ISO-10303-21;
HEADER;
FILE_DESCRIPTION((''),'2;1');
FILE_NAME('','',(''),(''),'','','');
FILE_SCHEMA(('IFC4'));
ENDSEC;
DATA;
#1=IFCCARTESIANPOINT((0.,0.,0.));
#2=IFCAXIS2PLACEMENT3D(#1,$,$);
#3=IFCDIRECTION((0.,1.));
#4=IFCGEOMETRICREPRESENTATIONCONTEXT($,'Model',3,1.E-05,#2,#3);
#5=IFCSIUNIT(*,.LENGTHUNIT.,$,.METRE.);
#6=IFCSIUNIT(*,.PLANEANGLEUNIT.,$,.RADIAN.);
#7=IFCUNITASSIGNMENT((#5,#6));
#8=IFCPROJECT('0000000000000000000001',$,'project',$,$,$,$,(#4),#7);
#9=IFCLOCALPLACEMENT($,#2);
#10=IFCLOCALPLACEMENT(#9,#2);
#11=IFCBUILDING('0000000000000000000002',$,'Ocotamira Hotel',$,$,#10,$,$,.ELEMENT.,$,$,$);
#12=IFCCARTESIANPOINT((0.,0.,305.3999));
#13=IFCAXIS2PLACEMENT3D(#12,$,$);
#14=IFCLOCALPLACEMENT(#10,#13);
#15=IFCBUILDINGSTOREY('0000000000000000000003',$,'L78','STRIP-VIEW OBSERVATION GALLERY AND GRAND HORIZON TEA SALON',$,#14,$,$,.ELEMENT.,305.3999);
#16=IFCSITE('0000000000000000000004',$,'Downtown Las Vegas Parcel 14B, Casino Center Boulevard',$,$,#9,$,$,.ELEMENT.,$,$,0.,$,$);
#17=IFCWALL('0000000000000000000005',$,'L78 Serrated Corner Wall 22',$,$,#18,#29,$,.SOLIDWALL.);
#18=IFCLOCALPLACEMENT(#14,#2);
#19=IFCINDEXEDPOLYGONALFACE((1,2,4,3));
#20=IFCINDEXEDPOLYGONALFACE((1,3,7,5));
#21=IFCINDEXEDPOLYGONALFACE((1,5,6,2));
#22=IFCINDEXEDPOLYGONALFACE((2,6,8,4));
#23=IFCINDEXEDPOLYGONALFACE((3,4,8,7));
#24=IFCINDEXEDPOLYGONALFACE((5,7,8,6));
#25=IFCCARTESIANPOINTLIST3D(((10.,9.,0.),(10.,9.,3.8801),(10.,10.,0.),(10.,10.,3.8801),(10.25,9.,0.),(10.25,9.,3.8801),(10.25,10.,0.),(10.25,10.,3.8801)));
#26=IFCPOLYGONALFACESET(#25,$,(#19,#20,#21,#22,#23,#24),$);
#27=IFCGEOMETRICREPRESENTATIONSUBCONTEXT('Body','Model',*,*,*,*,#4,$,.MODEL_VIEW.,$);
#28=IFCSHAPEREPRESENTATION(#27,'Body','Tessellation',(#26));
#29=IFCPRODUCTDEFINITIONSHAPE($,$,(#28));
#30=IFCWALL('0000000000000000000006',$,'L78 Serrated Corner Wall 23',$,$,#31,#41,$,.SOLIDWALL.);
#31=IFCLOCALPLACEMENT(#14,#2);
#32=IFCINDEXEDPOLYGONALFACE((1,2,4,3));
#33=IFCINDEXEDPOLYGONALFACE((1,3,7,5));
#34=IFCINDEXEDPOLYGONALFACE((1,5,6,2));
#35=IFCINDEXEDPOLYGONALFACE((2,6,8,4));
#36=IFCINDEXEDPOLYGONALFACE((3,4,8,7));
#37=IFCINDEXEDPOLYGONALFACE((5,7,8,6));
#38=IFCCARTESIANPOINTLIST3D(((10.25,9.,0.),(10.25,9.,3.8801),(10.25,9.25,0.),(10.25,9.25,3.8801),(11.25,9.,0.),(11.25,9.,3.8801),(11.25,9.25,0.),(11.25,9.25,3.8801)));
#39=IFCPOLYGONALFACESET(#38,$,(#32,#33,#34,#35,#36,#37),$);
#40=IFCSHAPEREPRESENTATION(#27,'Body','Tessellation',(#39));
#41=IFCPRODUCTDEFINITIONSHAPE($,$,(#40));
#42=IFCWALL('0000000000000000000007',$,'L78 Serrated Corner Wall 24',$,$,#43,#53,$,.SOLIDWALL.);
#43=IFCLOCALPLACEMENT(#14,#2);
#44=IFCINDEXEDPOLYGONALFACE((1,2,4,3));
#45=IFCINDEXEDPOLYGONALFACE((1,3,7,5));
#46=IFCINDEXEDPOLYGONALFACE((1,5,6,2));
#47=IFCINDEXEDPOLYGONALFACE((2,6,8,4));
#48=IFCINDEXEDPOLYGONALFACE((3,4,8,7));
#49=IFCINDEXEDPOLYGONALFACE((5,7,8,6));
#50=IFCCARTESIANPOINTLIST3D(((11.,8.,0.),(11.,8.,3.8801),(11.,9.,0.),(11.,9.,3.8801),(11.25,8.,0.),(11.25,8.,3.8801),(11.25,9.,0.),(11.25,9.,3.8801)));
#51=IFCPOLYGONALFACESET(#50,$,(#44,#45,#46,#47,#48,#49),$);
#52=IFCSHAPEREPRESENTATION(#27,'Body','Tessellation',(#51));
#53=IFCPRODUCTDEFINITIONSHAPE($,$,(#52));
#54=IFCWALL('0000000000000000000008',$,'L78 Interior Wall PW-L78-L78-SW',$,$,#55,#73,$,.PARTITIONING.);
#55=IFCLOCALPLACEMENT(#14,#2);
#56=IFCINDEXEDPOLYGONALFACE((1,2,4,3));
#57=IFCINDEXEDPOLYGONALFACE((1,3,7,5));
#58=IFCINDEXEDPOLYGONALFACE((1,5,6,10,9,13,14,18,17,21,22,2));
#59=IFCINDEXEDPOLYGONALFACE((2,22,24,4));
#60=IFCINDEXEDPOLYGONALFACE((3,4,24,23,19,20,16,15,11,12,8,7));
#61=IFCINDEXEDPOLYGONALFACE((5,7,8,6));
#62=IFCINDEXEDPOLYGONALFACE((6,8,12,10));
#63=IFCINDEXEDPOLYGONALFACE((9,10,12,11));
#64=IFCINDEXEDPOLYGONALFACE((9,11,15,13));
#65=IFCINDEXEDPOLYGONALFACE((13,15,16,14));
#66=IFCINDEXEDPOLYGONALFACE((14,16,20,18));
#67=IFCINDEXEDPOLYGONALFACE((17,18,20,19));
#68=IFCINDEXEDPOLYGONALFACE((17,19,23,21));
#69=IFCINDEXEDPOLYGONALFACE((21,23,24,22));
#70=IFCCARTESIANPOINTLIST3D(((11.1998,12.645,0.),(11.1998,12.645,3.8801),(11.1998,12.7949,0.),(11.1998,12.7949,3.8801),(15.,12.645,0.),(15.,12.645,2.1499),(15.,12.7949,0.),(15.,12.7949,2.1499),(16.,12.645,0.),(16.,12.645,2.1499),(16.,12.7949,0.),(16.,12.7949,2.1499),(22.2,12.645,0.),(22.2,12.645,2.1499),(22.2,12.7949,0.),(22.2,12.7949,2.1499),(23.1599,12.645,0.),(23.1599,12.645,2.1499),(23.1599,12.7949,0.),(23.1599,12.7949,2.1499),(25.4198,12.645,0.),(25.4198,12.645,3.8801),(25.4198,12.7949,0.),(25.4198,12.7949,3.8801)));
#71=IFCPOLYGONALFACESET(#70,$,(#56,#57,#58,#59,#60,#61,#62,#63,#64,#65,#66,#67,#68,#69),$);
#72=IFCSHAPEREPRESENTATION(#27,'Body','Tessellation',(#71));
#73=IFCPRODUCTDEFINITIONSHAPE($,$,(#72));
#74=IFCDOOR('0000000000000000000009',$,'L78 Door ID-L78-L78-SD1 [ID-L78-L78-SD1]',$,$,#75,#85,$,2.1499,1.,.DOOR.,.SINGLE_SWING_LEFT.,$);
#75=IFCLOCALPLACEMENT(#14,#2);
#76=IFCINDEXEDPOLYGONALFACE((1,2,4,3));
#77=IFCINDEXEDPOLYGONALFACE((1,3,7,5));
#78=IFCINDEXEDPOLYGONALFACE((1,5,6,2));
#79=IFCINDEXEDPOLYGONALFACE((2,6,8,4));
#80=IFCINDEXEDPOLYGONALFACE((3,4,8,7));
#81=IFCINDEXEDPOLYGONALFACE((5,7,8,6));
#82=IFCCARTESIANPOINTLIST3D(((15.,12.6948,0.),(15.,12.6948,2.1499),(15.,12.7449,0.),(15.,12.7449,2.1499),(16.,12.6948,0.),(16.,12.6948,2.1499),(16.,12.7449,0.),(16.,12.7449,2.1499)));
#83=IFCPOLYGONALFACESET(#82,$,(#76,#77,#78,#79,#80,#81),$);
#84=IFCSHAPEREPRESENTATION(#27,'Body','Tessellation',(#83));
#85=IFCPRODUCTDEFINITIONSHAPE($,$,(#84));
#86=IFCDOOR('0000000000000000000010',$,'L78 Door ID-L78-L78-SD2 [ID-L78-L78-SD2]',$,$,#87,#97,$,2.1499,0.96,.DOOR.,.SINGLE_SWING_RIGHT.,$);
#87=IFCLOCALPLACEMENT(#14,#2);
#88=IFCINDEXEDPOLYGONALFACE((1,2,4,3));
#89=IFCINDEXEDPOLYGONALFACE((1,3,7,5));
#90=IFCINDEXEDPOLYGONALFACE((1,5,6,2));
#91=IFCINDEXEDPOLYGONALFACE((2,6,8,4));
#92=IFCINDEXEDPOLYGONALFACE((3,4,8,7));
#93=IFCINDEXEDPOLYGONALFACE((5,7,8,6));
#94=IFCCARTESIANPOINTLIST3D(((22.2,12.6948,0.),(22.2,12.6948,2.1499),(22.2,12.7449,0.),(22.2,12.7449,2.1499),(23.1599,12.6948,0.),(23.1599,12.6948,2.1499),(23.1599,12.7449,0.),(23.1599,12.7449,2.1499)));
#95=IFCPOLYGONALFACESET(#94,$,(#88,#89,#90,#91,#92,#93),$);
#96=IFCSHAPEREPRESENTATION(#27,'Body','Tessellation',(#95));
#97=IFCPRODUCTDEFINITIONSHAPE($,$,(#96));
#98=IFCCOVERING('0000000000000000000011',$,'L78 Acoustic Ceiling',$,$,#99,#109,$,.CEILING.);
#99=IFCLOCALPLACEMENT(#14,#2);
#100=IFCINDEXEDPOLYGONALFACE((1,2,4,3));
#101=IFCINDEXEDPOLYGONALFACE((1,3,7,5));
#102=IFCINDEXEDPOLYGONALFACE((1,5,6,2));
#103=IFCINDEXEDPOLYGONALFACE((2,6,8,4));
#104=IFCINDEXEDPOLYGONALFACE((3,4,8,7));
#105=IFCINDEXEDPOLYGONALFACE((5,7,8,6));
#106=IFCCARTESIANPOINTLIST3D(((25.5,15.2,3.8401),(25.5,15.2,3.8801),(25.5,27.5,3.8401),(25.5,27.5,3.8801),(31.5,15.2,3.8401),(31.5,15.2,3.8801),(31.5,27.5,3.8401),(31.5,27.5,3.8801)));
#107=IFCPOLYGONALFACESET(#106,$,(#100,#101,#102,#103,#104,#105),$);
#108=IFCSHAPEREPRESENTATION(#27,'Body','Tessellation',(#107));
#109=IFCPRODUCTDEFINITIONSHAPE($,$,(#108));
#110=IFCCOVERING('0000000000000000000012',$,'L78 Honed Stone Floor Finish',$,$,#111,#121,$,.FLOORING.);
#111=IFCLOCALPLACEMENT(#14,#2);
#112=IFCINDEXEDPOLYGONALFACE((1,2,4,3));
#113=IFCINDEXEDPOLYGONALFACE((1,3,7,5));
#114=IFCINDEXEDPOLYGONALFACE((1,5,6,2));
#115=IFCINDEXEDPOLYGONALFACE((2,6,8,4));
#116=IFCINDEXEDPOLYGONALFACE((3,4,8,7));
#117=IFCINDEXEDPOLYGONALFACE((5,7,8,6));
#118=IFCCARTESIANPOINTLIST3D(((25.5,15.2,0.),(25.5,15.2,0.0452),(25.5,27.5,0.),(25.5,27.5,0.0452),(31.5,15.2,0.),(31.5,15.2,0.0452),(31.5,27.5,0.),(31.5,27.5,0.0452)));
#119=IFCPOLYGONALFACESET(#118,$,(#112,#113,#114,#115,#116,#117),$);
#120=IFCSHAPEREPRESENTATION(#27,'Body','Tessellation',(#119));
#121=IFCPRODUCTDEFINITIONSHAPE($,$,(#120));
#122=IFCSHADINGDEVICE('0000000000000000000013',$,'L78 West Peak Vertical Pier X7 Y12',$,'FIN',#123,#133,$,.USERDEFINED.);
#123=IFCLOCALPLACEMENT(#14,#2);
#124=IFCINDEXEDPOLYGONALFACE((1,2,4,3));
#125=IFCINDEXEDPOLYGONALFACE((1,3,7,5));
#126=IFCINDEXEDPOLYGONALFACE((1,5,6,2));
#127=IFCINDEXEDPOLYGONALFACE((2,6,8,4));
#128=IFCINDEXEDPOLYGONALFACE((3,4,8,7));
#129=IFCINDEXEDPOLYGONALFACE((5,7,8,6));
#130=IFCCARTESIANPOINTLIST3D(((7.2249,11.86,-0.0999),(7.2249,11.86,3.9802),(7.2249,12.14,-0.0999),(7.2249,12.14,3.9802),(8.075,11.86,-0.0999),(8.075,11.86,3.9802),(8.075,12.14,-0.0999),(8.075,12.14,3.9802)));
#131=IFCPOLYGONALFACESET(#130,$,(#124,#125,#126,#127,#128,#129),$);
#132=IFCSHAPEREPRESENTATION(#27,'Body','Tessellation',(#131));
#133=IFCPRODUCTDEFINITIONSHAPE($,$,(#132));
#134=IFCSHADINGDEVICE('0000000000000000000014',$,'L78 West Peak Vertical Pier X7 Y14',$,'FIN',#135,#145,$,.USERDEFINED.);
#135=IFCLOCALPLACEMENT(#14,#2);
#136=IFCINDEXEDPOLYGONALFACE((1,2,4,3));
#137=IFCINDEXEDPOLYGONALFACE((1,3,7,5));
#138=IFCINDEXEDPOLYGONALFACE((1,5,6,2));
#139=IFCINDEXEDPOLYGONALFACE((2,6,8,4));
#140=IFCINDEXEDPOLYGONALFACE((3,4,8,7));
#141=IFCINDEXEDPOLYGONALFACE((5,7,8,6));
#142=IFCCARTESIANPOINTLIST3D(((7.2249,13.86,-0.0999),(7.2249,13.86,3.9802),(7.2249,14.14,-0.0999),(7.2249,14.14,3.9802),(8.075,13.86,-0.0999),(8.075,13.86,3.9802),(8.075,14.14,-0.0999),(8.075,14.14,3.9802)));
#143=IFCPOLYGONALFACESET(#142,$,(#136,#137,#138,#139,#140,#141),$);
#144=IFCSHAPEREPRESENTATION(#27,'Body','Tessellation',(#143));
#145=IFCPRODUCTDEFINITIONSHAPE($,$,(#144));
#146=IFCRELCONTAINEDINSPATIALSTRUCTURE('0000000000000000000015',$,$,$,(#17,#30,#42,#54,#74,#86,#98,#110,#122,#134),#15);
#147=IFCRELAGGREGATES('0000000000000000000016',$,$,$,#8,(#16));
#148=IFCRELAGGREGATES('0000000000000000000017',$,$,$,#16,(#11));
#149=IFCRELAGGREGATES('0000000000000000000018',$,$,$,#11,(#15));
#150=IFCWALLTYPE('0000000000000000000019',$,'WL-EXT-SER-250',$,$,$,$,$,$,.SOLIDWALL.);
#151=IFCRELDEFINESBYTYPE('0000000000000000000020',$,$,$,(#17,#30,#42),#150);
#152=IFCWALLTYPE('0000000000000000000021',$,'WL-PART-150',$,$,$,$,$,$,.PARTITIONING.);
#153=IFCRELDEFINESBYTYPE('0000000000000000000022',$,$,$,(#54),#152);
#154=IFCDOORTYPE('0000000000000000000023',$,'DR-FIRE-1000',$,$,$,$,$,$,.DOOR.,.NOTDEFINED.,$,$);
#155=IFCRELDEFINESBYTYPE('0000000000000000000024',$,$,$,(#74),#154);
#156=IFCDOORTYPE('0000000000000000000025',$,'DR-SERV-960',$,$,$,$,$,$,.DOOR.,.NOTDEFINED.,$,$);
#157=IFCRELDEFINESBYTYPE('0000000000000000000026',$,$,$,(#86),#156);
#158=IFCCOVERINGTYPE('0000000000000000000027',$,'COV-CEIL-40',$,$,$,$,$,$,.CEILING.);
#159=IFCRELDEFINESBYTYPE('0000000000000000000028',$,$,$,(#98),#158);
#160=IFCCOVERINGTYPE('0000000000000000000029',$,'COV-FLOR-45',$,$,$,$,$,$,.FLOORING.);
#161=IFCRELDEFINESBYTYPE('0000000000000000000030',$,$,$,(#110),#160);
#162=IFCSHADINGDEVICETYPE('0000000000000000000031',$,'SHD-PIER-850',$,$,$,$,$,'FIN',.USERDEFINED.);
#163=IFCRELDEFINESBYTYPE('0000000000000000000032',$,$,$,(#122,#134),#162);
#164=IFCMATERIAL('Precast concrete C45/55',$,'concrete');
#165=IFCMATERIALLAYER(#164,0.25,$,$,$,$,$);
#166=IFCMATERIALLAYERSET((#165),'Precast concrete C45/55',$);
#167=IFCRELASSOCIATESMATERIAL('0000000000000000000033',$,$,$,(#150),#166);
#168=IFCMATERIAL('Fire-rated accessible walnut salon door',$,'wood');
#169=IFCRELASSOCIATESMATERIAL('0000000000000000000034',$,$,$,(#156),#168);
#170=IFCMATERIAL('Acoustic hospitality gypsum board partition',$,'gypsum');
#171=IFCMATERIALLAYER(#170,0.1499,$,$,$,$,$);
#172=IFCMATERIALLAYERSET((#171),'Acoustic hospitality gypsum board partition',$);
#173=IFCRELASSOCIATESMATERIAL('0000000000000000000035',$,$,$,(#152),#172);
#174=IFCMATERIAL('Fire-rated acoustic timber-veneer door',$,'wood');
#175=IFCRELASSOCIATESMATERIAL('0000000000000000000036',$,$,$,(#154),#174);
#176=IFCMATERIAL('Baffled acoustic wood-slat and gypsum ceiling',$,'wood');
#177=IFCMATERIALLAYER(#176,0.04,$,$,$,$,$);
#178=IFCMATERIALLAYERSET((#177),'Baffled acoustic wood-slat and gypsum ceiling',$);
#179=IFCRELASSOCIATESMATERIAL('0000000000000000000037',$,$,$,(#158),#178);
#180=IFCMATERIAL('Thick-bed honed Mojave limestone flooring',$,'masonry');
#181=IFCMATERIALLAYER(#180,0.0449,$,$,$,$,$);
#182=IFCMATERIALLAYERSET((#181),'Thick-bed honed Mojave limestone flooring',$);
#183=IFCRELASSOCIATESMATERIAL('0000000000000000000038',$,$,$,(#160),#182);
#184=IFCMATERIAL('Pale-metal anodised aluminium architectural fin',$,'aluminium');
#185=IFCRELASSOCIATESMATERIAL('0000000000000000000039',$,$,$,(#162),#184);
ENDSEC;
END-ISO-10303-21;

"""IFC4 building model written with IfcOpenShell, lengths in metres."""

from ifc_helpers import new_model, si_unit, direction, frame, frame_2d, origin, origin_2d, place, context, subcontext, project, spatial, polyline, rectangle, outline, extrude, source, transform, mapped, material, layer, layer_set, type_object, element, fill, save


model = new_model("IFC4")

# Units and contexts
model_context = context("Model", 3, precision=1e-05, world=origin(), true_north=direction((0.0, 1.0)))
body_context = subcontext(model_context, "Body", "Model", "MODEL_VIEW")
ifc_project = project(units=[si_unit("LENGTHUNIT", "METRE"), si_unit("PLANEANGLEUNIT", "RADIAN")], contexts=[model_context])

# Site, building, storey
site_placement = place(None, origin())
site = spatial("IfcSite", under=ifc_project, at=site_placement, Name="Downtown Las Vegas Parcel 14B, Casino Center Boulevard", CompositionType="ELEMENT", RefElevation=0.0)
building_placement = place(site_placement, origin())
building = spatial("IfcBuilding", under=site, at=building_placement, Name="Ocotamira Hotel", CompositionType="ELEMENT")
storey_placement = place(building_placement, frame((0.0, 0.0, 305.3999)))
storey = spatial("IfcBuildingStorey", under=building, at=storey_placement, Name="L78", Description="STRIP-VIEW OBSERVATION GALLERY AND GRAND HORIZON TEA SALON", CompositionType="ELEMENT", Elevation=305.3999)

# Walls
ifc_material_1 = material(Name="Precast concrete C45/55", Category="concrete")
ifc_layer_1 = layer(ifc_material_1, 0.25)
ifc_layer_set_1 = layer_set([ifc_layer_1], Name="Precast concrete C45/55")
wall_type_1 = type_object("IfcWallType", Name="WL-EXT-SER-250", PredefinedType="SOLIDWALL", material=ifc_layer_set_1)
for number, where, z_axis, x_axis, name in (
    (1, (10.125, 10.0, 0.0), (0.0, 0.0, 1.0), (0.0, -1.0, 0.0), "L78 Serrated Corner Wall 22"),
    (2, (10.25, 9.125, 0.0), (0.0, 0.0, 1.0), (1.0, 0.0, 0.0), "L78 Serrated Corner Wall 23"),
    (3, (11.125, 9.0, 0.0), (0.0, 0.0, 1.0), (0.0, -1.0, 0.0), "L78 Serrated Corner Wall 24"),
):
    element("IfcWall", number, at=place(storey_placement, frame(where, z_axis=z_axis, x_axis=x_axis)), inside=storey, type_object=wall_type_1, Name=name, PredefinedType="SOLIDWALL", context=body_context, shape_type="SweptSolid", body=[
        extrude(rectangle(XDim=1.0, YDim=0.25, at=frame_2d((0.5, 0.0))), origin(), (0.0, 0.0, 1.0), 3.8801),
    ])

# Shared definitions
ifc_material_2 = material(Name="Fire-rated accessible walnut salon door", Category="wood")
door_type_1 = type_object("IfcDoorType", Name="DR-SERV-960", OperationType="NOTDEFINED", PredefinedType="DOOR", material=ifc_material_2)
shared_shape_1 = source(origin(), body_context, "Body", "SweptSolid", [
    extrude(rectangle(XDim=0.96, YDim=2.1499, at=frame_2d((0.48, 1.075))), frame((0.0, 0.0249, 0.0), z_axis=(0.0, -1.0, 0.0), x_axis=(1.0, 0.0, 0.0)), (0.0, 0.0, 1.0), 0.05),
])

# Wall, openings, doors
ifc_material_3 = material(Name="Acoustic hospitality gypsum board partition", Category="gypsum")
ifc_layer_2 = layer(ifc_material_3, 0.1499)
ifc_layer_set_2 = layer_set([ifc_layer_2], Name="Acoustic hospitality gypsum board partition")
wall_type_2 = type_object("IfcWallType", Name="WL-PART-150", PredefinedType="PARTITIONING", material=ifc_layer_set_2)
wall_1_placement = place(storey_placement, frame((11.2, 12.72, 0.0), z_axis=(0.0, 0.0, 1.0), x_axis=(1.0, 0.0, 0.0)))
wall_1 = element("IfcWall", 4, at=wall_1_placement, inside=storey, type_object=wall_type_2, Name="L78 Interior Wall PW-L78-L78-SW", PredefinedType="PARTITIONING", context=body_context, shape_type="SweptSolid", body=[
    extrude(rectangle(XDim=14.22, YDim=0.1499, at=frame_2d((7.1099, 0.0))), origin(), (0.0, 0.0, 1.0), 3.8801),
])
opening_1_placement = place(wall_1_placement, frame((3.8, 0.0, 0.0)))
opening_1 = element("IfcOpeningElement", 5, at=opening_1_placement, cuts=wall_1, PredefinedType="OPENING", context=body_context, shape_type="SweptSolid", body=[
    extrude(rectangle(XDim=1.0, YDim=2.1499, at=frame_2d((0.5, 1.075))), frame((0.0, 0.085, 0.0), z_axis=(0.0, -1.0, 0.0), x_axis=(1.0, 0.0, 0.0)), (0.0, 0.0, 1.0), 0.1699),
])
opening_2_placement = place(wall_1_placement, frame((11.0, 0.0, 0.0)))
opening_2 = element("IfcOpeningElement", 6, at=opening_2_placement, cuts=wall_1, PredefinedType="OPENING", context=body_context, shape_type="SweptSolid", body=[
    extrude(rectangle(XDim=0.96, YDim=2.1499, at=frame_2d((0.48, 1.075))), frame((0.0, 0.085, 0.0), z_axis=(0.0, -1.0, 0.0), x_axis=(1.0, 0.0, 0.0)), (0.0, 0.0, 1.0), 0.1699),
])
ifc_material_4 = material(Name="Fire-rated acoustic timber-veneer door", Category="wood")
door_type_2 = type_object("IfcDoorType", Name="DR-FIRE-1000", OperationType="NOTDEFINED", PredefinedType="DOOR", material=ifc_material_4)
shared_shape_2 = source(origin(), body_context, "Body", "SweptSolid", [
    extrude(rectangle(XDim=1.0, YDim=2.1499, at=frame_2d((0.5, 1.075))), frame((0.0, 0.0249, 0.0), z_axis=(0.0, -1.0, 0.0), x_axis=(1.0, 0.0, 0.0)), (0.0, 0.0, 1.0), 0.05),
])
door_1_placement = place(opening_1_placement, origin())
door_1 = element("IfcDoor", 7, at=door_1_placement, inside=storey, type_object=door_type_2, Name="L78 Door ID-L78-L78-SD1 [ID-L78-L78-SD1]", OperationType="SINGLE_SWING_LEFT", OverallHeight=2.1499, OverallWidth=1.0, PredefinedType="DOOR", context=body_context, shape_type="MappedRepresentation", body=[
    mapped(shared_shape_2, transform((0.0, 0.0, 0.0), scale=1.0)),
])
fill(opening_1, door_1)
door_2_placement = place(opening_2_placement, origin())
door_2 = element("IfcDoor", 8, at=door_2_placement, inside=storey, type_object=door_type_1, Name="L78 Door ID-L78-L78-SD2 [ID-L78-L78-SD2]", OperationType="SINGLE_SWING_RIGHT", OverallHeight=2.1499, OverallWidth=0.96, PredefinedType="DOOR", context=body_context, shape_type="MappedRepresentation", body=[
    mapped(shared_shape_1, transform((0.0, 0.0, 0.0), scale=1.0)),
])
fill(opening_2, door_2)

# Coverings
ifc_material_5 = material(Name="Baffled acoustic wood-slat and gypsum ceiling", Category="wood")
ifc_layer_3 = layer(ifc_material_5, 0.04)
ifc_layer_set_3 = layer_set([ifc_layer_3], Name="Baffled acoustic wood-slat and gypsum ceiling")
covering_type_1 = type_object("IfcCoveringType", Name="COV-CEIL-40", PredefinedType="CEILING", material=ifc_layer_set_3)
covering_1_placement = place(storey_placement, frame((0.0, 0.0, 3.8401)))
element("IfcCovering", 9, at=covering_1_placement, inside=storey, type_object=covering_type_1, Name="L78 Acoustic Ceiling", PredefinedType="CEILING", context=body_context, shape_type="SweptSolid", body=[
    extrude(outline(polyline([(25.5, 15.2), (31.5, 15.2), (31.5, 27.5), (25.5, 27.5), (25.5, 15.2)])), origin(), (0.0, 0.0, 1.0), 0.04),
])
ifc_material_6 = material(Name="Thick-bed honed Mojave limestone flooring", Category="masonry")
ifc_layer_4 = layer(ifc_material_6, 0.0449)
ifc_layer_set_4 = layer_set([ifc_layer_4], Name="Thick-bed honed Mojave limestone flooring")
covering_type_2 = type_object("IfcCoveringType", Name="COV-FLOR-45", PredefinedType="FLOORING", material=ifc_layer_set_4)
covering_2_placement = place(storey_placement, origin())
element("IfcCovering", 10, at=covering_2_placement, inside=storey, type_object=covering_type_2, Name="L78 Honed Stone Floor Finish", PredefinedType="FLOORING", context=body_context, shape_type="SweptSolid", body=[
    extrude(outline(polyline([(25.5, 15.2), (31.5, 15.2), (31.5, 27.5), (25.5, 27.5), (25.5, 15.2)])), origin(), (0.0, 0.0, 1.0), 0.0452),
])

# Shading devices
ifc_material_7 = material(Name="Pale-metal anodised aluminium architectural fin", Category="aluminium")
shading_device_type = type_object("IfcShadingDeviceType", Name="SHD-PIER-850", ElementType="FIN", PredefinedType="USERDEFINED", material=ifc_material_7)
shared_shape_3 = source(origin(), body_context, "Body", "SweptSolid", [
    extrude(rectangle(XDim=0.8501, YDim=0.28, at=origin_2d()), origin(), (0.0, 0.0, 1.0), 4.0801),
])
for number, where, z_axis, x_axis, name in (
    (11, (7.6499, 12.0, -0.0999), (0.0, 0.0, 1.0), (1.0, 0.0, 0.0), "L78 West Peak Vertical Pier X7 Y12"),
    (12, (7.6499, 14.0, -0.0999), (0.0, 0.0, 1.0), (1.0, 0.0, 0.0), "L78 West Peak Vertical Pier X7 Y14"),
):
    element("IfcShadingDevice", number, at=place(storey_placement, frame(where, z_axis=z_axis, x_axis=x_axis)), inside=storey, type_object=shading_device_type, Name=name, ObjectType="FIN", PredefinedType="USERDEFINED", context=body_context, shape_type="MappedRepresentation", body=[
        mapped(shared_shape_3, transform((0.0, 0.0, 0.0), scale=1.0)),
    ])

save(model, "model.ifc")
